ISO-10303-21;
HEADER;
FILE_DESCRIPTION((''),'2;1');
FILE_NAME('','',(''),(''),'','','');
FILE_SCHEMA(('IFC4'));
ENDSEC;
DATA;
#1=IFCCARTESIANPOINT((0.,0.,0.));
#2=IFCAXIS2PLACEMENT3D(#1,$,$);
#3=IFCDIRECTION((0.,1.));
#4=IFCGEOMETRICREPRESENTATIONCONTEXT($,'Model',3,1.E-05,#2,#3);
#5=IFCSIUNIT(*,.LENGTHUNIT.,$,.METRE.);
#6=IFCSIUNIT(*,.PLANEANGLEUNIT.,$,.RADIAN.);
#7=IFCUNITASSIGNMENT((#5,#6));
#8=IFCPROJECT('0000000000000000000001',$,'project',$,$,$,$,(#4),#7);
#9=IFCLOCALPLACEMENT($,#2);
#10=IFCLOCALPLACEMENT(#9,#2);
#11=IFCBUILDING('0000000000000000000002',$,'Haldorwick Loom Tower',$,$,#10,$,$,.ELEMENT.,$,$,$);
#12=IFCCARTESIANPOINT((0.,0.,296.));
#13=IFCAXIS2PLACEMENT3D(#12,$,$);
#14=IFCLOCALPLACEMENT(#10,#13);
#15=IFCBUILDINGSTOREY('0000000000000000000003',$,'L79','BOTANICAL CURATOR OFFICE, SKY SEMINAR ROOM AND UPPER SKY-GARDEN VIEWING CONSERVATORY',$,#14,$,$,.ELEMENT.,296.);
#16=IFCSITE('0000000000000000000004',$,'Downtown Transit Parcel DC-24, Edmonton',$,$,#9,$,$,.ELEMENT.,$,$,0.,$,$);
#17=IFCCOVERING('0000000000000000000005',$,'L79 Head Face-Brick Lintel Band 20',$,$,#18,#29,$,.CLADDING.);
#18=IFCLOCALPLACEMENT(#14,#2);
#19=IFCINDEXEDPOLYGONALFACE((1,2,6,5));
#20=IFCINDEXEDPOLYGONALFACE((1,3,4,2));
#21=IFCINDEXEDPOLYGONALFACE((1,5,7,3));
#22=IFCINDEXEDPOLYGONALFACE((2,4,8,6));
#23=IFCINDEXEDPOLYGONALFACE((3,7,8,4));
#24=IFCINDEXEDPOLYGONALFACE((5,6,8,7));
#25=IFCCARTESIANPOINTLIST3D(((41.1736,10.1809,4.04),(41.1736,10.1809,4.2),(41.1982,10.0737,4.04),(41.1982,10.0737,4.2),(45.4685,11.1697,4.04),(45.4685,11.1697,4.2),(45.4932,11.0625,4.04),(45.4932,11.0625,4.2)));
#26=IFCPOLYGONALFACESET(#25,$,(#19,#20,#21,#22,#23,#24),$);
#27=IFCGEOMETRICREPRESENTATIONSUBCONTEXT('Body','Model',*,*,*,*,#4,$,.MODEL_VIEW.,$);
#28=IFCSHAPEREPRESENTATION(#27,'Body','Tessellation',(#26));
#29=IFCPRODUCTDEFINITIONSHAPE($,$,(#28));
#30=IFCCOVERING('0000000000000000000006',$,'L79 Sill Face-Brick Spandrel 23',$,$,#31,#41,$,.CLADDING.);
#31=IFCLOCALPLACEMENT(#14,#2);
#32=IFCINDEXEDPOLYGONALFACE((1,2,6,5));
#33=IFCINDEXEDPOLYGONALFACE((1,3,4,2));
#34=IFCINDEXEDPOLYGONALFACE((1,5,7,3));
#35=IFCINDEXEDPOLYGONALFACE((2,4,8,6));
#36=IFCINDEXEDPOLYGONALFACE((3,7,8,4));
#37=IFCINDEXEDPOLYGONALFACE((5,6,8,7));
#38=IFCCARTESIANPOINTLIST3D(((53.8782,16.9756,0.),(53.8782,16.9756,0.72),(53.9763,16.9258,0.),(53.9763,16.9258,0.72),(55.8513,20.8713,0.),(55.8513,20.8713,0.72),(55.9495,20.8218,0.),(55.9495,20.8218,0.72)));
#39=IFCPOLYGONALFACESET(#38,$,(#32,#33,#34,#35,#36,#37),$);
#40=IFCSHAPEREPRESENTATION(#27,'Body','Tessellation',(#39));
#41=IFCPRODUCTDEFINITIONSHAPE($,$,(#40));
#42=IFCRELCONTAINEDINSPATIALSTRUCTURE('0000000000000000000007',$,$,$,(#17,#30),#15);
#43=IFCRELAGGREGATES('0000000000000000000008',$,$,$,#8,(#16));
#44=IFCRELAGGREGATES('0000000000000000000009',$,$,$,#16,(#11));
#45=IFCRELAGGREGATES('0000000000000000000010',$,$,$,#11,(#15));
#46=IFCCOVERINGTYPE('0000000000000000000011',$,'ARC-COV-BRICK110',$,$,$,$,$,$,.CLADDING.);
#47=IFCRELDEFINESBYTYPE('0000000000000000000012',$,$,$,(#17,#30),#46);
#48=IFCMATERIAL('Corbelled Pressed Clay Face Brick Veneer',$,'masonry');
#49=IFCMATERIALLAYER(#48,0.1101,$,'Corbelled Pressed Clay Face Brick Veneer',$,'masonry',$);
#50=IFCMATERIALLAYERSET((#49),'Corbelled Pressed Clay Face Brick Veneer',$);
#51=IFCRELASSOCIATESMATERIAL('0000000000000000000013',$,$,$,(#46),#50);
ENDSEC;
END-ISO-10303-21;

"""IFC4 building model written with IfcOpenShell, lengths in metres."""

from ifc_helpers import new_model, si_unit, direction, frame, origin, place, context, subcontext, project, spatial, polyline, outline, extrude, material, layer, layer_set, type_object, element, save


model = new_model("IFC4")

# Units and contexts
model_context = context("Model", 3, precision=1e-05, world=origin(), true_north=direction((0.0, 1.0)))
body_context = subcontext(model_context, "Body", "Model", "MODEL_VIEW")
ifc_project = project(units=[si_unit("LENGTHUNIT", "METRE"), si_unit("PLANEANGLEUNIT", "RADIAN")], contexts=[model_context])

# Site, building, storey
site_placement = place(None, origin())
site = spatial("IfcSite", under=ifc_project, at=site_placement, Name="Downtown Transit Parcel DC-24, Edmonton", CompositionType="ELEMENT", RefElevation=0.0)
building_placement = place(site_placement, origin())
building = spatial("IfcBuilding", under=site, at=building_placement, Name="Haldorwick Loom Tower", CompositionType="ELEMENT")
storey_placement = place(building_placement, frame((0.0, 0.0, 296.0)))
storey = spatial("IfcBuildingStorey", under=building, at=storey_placement, Name="L79", Description="BOTANICAL CURATOR OFFICE, SKY SEMINAR ROOM AND UPPER SKY-GARDEN VIEWING CONSERVATORY", CompositionType="ELEMENT", Elevation=296.0)

# Coverings
ifc_material_1 = material(Name="Corbelled Pressed Clay Face Brick Veneer", Category="masonry")
ifc_layer_1 = layer(ifc_material_1, 0.1101, Name="Corbelled Pressed Clay Face Brick Veneer", Category="masonry")
ifc_layer_set_1 = layer_set([ifc_layer_1], Name="Corbelled Pressed Clay Face Brick Veneer")
covering_type = type_object("IfcCoveringType", Name="ARC-COV-BRICK110", PredefinedType="CLADDING", material=ifc_layer_set_1)
covering_1_placement = place(storey_placement, frame((0.0, 0.0, 4.04)))
element("IfcCovering", 1, at=covering_1_placement, inside=storey, type_object=covering_type, Name="L79 Head Face-Brick Lintel Band 20", PredefinedType="CLADDING", context=body_context, shape_type="SweptSolid", body=[
    extrude(outline(polyline([(41.1982, 10.0737), (45.4932, 11.0625), (45.4685, 11.1697), (41.1736, 10.1809), (41.1982, 10.0737)])), origin(), (0.0, 0.0, 1.0), 0.1599),
])
covering_2_placement = place(storey_placement, origin())
element("IfcCovering", 2, at=covering_2_placement, inside=storey, type_object=covering_type, Name="L79 Sill Face-Brick Spandrel 23", PredefinedType="CLADDING", context=body_context, shape_type="SweptSolid", body=[
    extrude(outline(polyline([(53.9763, 16.9258), (55.9495, 20.8218), (55.8513, 20.8713), (53.8782, 16.9756), (53.9763, 16.9258)])), origin(), (0.0, 0.0, 1.0), 0.72),
])

save(model, "model.ifc")
